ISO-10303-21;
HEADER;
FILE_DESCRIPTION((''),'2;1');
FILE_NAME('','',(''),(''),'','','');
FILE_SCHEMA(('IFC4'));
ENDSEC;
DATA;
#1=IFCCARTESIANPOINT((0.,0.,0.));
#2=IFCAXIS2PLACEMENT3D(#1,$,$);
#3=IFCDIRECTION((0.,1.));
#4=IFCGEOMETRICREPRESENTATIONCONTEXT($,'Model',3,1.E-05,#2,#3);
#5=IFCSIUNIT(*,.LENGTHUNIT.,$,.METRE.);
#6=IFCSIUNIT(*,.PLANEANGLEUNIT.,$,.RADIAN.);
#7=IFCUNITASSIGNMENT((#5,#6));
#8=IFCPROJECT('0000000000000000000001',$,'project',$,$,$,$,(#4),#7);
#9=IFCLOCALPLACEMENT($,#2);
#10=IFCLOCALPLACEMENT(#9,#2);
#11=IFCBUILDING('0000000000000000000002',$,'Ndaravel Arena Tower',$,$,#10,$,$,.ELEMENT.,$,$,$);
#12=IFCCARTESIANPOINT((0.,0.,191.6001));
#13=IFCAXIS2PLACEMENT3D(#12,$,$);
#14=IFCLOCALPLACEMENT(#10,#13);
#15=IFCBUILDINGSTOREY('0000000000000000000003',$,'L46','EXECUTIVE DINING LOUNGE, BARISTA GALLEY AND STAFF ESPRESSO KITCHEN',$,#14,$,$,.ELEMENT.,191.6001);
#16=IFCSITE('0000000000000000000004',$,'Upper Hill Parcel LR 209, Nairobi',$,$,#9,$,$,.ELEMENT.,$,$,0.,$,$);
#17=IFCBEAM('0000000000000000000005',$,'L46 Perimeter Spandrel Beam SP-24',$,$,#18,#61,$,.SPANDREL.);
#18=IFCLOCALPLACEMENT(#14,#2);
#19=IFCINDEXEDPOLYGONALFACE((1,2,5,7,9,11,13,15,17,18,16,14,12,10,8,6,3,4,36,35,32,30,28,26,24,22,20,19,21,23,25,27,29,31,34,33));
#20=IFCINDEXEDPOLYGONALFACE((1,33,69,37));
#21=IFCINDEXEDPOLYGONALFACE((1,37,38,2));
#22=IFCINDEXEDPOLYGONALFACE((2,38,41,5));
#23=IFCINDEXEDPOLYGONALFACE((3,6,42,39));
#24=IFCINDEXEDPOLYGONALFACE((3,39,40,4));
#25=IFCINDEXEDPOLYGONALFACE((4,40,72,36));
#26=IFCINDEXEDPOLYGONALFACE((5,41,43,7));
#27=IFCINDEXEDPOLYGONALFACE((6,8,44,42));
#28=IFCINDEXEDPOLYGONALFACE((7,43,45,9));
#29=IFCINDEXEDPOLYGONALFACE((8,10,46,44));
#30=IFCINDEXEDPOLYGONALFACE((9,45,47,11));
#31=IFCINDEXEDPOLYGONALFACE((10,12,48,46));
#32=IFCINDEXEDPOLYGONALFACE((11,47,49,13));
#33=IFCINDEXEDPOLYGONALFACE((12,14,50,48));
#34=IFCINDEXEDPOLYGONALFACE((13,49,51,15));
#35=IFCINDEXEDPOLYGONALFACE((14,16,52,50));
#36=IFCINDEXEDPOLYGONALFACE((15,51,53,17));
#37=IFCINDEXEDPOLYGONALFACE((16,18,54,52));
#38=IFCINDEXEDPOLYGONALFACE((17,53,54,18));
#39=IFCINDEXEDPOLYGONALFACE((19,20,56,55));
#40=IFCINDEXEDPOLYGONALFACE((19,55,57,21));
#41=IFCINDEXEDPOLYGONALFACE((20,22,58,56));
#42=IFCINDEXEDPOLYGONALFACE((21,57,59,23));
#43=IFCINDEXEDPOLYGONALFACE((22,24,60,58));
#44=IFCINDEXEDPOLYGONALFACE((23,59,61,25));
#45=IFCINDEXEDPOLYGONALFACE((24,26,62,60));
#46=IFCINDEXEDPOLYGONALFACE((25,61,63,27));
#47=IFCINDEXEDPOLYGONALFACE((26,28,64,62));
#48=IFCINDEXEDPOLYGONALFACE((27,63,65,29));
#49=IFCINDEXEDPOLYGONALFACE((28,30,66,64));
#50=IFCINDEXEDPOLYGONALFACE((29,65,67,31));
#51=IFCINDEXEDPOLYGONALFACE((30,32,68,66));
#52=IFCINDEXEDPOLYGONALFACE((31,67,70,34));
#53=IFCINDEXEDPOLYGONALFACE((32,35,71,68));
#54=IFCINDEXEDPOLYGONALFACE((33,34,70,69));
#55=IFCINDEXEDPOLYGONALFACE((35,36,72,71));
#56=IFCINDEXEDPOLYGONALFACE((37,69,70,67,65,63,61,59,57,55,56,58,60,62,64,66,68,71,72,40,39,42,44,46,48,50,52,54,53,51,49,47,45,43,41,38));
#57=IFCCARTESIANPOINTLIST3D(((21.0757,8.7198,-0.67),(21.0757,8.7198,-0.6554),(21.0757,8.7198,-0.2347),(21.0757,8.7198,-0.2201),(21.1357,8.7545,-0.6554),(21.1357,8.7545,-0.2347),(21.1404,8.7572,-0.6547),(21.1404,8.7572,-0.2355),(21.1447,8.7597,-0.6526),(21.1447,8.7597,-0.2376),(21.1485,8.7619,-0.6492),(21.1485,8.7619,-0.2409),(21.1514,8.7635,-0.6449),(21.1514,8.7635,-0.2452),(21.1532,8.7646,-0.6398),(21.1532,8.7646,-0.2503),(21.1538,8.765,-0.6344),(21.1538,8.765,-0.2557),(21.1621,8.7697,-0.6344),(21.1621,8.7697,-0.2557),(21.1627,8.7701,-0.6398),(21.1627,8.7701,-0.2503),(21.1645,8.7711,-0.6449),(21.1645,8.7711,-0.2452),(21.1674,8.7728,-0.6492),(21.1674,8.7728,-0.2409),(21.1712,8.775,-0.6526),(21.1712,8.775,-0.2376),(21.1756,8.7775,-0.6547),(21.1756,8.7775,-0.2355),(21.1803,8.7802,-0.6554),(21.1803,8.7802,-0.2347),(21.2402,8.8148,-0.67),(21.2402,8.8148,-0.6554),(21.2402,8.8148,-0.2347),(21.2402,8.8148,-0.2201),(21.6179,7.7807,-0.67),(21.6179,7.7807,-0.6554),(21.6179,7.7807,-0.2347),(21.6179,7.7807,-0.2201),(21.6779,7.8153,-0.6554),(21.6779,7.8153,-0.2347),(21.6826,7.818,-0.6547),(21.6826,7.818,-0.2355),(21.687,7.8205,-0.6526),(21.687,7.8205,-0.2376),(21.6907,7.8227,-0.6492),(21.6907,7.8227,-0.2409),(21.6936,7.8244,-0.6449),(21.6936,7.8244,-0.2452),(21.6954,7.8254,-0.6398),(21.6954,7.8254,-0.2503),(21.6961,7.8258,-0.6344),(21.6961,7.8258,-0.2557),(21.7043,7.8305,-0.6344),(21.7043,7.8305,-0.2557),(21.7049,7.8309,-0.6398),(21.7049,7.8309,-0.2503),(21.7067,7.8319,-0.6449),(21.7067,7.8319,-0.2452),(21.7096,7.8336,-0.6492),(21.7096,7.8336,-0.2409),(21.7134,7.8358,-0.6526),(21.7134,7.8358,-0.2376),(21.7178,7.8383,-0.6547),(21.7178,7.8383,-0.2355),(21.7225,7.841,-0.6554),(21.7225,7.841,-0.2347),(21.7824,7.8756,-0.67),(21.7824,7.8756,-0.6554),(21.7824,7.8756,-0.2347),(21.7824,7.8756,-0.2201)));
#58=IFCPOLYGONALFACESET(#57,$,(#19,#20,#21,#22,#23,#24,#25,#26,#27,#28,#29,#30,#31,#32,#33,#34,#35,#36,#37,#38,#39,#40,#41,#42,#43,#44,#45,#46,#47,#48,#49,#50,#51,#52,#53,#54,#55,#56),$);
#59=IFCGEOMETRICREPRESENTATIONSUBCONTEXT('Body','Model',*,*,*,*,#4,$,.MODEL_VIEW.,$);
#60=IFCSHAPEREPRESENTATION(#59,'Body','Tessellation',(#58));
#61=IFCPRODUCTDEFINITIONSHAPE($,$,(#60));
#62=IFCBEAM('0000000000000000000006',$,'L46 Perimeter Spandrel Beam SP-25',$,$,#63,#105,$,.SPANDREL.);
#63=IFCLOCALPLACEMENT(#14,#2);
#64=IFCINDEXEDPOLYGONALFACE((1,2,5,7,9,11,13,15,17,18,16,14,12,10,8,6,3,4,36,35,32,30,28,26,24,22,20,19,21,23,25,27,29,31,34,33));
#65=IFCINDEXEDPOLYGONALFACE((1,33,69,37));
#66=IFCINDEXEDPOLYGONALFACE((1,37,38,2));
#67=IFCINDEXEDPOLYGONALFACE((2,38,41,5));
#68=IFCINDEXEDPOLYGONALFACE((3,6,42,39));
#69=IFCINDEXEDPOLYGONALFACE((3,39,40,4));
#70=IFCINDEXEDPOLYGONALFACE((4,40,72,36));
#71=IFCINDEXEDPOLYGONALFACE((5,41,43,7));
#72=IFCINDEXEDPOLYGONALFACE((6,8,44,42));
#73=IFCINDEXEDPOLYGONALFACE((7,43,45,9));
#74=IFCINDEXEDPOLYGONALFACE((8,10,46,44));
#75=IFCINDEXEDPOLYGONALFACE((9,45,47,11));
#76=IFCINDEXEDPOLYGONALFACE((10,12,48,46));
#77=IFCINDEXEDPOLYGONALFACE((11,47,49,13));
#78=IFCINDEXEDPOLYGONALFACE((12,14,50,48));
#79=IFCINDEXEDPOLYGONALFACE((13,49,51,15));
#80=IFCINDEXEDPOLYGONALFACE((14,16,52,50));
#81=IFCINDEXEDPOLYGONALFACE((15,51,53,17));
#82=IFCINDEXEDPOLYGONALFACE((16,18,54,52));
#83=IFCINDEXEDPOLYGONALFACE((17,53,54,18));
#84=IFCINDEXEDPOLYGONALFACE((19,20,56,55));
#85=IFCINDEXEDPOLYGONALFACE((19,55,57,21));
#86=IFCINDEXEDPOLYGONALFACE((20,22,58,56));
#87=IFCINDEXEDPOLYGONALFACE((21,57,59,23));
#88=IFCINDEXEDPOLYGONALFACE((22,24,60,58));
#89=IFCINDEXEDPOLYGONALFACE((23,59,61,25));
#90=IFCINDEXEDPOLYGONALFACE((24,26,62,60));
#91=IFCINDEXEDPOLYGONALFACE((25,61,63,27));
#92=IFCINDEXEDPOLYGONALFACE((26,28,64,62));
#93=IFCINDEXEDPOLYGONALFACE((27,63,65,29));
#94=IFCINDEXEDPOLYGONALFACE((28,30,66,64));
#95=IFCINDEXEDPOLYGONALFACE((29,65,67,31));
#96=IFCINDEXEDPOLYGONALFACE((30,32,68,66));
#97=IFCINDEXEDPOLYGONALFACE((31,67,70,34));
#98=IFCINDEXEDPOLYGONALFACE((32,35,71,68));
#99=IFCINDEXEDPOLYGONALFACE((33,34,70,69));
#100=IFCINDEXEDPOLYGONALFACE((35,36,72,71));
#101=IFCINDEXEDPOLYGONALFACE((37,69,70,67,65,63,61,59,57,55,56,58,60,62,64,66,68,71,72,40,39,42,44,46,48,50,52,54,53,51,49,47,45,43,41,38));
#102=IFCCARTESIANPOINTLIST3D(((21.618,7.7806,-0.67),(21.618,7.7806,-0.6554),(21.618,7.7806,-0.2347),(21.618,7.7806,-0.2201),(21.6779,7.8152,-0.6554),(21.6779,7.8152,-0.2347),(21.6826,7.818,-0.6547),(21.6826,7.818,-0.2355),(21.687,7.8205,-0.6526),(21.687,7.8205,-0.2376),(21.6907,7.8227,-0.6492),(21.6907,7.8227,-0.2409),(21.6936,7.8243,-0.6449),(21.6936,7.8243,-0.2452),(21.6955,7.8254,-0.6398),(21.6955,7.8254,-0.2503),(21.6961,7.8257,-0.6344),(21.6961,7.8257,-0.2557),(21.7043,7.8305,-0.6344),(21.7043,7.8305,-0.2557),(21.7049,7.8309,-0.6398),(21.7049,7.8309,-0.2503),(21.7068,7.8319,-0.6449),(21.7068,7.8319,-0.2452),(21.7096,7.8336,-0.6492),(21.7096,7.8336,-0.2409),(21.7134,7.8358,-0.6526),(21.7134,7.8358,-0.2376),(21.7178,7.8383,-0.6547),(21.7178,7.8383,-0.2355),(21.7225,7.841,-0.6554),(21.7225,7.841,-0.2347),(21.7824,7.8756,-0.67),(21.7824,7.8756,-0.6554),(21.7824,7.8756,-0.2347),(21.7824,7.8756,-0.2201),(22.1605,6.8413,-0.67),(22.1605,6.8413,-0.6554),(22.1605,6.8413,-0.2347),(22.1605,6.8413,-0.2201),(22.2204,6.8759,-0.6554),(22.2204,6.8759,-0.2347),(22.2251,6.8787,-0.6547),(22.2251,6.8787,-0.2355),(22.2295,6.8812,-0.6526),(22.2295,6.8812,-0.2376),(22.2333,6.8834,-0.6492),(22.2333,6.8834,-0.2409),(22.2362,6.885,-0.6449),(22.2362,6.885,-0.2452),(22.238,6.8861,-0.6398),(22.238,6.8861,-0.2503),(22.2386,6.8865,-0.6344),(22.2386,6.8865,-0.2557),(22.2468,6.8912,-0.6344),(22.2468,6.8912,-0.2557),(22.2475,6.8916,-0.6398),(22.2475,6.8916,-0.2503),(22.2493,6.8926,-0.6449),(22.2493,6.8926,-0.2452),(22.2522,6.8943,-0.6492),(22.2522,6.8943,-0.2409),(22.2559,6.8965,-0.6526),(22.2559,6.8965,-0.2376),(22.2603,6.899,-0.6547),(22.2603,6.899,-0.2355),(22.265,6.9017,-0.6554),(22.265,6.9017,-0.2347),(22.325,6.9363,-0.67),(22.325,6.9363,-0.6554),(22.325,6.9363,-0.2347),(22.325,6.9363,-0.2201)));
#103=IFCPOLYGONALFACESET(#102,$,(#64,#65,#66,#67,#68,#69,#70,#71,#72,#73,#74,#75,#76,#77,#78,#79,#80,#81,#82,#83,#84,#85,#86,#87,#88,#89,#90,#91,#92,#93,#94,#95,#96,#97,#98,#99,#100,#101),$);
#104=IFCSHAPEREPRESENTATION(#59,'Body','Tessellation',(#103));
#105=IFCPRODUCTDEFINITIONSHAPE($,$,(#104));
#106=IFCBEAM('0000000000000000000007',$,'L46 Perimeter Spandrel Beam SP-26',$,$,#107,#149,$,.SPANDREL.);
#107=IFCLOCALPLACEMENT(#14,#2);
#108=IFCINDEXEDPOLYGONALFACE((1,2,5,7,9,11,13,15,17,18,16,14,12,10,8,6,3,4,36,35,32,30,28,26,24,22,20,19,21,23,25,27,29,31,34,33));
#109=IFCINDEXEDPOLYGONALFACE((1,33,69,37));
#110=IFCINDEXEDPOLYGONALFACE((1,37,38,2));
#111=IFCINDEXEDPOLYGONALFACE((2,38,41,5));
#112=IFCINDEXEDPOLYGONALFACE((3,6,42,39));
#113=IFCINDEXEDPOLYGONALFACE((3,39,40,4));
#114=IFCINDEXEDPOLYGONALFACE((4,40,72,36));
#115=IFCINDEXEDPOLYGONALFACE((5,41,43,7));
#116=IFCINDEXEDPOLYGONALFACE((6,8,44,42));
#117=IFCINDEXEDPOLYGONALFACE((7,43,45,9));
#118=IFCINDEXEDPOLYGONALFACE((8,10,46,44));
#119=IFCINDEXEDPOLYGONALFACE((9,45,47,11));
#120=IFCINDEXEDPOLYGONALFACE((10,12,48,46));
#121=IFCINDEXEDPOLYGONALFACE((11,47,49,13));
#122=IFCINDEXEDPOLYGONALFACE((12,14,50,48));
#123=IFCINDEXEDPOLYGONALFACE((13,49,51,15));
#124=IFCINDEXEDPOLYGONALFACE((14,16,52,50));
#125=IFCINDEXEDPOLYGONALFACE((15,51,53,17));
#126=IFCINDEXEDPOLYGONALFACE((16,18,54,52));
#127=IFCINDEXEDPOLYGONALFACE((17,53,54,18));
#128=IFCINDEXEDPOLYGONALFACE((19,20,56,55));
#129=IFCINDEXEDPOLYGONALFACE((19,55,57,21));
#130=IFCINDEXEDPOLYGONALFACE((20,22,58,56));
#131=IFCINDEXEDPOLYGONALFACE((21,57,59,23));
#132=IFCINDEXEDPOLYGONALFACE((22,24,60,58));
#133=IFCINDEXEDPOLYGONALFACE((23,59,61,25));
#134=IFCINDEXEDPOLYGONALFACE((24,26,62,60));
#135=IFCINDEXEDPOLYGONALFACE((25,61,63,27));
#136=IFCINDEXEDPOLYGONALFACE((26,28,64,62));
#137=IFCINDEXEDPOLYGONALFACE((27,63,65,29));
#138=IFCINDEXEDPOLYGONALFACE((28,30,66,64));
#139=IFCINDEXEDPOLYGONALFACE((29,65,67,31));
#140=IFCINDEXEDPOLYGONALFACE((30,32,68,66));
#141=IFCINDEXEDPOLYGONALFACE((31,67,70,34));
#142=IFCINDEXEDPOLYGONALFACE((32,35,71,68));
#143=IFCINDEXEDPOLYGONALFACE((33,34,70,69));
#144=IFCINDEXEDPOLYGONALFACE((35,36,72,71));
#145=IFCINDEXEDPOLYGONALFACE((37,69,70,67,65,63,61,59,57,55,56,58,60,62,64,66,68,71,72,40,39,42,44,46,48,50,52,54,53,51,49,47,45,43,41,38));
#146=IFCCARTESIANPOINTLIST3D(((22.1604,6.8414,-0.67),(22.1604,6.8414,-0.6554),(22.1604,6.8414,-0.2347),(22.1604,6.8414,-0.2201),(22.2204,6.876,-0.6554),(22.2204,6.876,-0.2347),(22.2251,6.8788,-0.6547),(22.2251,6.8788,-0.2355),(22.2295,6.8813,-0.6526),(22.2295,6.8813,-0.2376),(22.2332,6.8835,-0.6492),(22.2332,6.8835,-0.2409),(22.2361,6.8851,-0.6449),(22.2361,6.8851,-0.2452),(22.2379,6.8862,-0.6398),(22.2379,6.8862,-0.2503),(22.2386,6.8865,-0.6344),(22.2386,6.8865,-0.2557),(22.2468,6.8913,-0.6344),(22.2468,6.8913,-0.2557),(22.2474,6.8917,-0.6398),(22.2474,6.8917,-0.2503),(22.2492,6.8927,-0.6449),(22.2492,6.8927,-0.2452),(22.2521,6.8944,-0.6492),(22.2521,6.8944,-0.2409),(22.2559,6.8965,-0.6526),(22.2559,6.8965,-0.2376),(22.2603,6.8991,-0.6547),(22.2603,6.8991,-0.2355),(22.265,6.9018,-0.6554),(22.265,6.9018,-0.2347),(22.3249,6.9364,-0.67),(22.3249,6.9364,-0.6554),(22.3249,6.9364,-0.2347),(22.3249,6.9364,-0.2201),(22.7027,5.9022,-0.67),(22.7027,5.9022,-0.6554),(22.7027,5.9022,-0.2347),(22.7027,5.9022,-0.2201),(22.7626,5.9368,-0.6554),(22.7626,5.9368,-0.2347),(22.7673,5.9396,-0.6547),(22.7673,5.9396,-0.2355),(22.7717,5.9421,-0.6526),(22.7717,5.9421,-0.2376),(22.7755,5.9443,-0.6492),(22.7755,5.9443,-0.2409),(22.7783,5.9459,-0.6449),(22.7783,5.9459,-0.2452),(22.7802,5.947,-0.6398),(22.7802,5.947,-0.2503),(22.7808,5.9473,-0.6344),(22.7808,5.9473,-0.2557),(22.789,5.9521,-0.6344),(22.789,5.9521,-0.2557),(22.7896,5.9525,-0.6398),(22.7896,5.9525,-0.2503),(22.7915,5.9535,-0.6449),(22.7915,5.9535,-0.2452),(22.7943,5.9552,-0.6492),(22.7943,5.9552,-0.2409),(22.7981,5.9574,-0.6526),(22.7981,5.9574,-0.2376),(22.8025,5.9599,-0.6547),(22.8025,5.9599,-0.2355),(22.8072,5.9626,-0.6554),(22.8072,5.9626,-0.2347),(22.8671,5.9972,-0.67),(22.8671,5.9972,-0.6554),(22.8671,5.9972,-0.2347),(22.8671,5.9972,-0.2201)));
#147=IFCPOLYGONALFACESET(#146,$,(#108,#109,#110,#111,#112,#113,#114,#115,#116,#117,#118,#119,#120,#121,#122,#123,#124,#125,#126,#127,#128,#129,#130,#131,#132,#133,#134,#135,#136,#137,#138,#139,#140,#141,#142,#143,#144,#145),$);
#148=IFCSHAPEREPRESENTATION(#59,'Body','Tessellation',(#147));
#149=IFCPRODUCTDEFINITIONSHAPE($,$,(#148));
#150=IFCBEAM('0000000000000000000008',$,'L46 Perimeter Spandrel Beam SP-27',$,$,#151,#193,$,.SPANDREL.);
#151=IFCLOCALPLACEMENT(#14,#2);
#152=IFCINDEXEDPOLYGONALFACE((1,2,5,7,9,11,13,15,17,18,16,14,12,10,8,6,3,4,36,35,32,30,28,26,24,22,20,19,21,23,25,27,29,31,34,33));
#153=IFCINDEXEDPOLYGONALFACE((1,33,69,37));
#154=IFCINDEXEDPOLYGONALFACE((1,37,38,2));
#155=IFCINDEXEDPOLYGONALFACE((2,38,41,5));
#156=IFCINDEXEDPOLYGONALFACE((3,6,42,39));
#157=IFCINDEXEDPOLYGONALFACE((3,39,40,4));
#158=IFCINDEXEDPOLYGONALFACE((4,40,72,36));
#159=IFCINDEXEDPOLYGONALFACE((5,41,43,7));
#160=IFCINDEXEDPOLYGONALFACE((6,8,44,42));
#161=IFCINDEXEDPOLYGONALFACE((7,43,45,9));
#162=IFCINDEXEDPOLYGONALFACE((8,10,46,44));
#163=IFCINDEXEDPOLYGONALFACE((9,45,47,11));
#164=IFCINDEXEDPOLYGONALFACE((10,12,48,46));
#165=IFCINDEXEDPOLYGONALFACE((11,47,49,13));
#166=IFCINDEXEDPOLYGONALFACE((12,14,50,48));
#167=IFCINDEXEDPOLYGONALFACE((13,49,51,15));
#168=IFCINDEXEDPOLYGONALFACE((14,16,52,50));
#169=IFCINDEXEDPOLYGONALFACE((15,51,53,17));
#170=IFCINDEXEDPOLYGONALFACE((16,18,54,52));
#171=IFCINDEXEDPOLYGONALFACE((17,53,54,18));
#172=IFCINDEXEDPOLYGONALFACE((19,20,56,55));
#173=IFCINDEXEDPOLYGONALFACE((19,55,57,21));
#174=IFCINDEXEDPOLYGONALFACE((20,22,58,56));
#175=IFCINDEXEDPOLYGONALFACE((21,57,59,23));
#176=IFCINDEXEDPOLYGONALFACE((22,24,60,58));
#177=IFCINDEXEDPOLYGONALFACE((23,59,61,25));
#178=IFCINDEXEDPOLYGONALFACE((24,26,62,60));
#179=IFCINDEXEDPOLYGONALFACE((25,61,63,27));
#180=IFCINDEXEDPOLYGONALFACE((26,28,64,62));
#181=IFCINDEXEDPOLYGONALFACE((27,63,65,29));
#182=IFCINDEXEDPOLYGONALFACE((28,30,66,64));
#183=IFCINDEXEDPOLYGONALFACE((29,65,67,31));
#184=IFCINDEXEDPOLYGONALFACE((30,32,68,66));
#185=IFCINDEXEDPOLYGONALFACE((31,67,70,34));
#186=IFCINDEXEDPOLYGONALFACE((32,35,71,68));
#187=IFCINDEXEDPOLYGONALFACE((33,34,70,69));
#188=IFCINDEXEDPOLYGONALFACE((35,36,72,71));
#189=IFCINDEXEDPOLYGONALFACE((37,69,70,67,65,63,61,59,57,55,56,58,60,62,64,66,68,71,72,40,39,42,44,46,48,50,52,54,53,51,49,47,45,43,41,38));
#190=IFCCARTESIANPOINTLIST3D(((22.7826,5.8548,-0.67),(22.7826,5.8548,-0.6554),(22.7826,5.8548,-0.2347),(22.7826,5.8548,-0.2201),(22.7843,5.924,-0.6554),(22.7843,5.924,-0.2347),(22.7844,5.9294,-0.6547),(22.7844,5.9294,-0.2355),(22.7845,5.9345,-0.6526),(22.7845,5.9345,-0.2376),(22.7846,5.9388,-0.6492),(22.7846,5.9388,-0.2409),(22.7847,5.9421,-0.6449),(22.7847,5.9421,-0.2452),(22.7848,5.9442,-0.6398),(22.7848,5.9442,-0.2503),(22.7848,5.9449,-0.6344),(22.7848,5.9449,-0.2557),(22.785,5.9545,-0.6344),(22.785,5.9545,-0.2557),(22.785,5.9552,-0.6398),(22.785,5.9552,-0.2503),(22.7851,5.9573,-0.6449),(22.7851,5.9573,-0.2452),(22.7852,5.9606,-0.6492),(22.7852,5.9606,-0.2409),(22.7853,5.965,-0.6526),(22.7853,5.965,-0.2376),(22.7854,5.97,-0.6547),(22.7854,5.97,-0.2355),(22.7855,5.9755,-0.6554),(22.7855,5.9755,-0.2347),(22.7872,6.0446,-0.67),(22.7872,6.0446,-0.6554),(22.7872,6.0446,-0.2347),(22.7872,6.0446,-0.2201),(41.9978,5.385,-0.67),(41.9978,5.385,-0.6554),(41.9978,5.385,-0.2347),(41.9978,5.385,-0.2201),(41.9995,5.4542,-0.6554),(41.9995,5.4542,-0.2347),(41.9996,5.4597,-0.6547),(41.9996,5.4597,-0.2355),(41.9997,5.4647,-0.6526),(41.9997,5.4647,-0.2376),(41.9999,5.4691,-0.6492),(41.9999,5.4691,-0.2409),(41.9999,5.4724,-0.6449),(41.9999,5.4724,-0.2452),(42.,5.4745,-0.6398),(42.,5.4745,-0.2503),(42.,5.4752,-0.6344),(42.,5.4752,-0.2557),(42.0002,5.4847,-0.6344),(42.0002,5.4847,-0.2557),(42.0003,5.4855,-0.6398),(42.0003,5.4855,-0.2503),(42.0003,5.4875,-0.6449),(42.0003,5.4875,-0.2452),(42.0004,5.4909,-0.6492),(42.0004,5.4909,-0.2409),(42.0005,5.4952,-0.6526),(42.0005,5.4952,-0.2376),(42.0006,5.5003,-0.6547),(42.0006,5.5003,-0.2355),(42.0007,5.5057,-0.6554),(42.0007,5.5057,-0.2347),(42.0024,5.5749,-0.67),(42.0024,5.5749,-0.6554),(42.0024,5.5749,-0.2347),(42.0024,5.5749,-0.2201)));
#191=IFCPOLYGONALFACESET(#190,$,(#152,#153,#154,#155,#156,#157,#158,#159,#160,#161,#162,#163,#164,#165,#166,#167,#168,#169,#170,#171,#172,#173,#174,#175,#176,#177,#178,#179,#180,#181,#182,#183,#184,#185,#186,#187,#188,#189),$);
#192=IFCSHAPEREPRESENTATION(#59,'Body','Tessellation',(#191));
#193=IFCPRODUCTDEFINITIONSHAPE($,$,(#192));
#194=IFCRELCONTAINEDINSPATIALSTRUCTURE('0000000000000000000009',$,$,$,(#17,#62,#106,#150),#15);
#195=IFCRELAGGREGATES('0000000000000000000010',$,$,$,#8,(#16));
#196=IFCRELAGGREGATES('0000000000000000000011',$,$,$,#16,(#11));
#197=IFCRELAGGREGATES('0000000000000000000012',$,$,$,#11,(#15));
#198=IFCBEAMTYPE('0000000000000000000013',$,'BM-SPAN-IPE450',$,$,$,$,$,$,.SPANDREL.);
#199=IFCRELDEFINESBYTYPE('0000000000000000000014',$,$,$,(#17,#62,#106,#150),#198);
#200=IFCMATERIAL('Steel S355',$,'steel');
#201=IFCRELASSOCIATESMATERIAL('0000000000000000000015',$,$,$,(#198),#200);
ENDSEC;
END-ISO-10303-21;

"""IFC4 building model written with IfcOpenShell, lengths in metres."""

from ifc_helpers import new_model, si_unit, direction, frame, origin, origin_2d, place, context, subcontext, project, spatial, i_section, extrude, material, material_profile, profile_set, type_object, element, save


model = new_model("IFC4")

# Units and contexts
model_context = context("Model", 3, precision=1e-05, world=origin(), true_north=direction((0.0, 1.0)))
body_context = subcontext(model_context, "Body", "Model", "MODEL_VIEW")
ifc_project = project(units=[si_unit("LENGTHUNIT", "METRE"), si_unit("PLANEANGLEUNIT", "RADIAN")], contexts=[model_context])

# Site, building, storey
site_placement = place(None, origin())
site = spatial("IfcSite", under=ifc_project, at=site_placement, Name="Upper Hill Parcel LR 209, Nairobi", CompositionType="ELEMENT", RefElevation=0.0)
building_placement = place(site_placement, origin())
building = spatial("IfcBuilding", under=site, at=building_placement, Name="Ndaravel Arena Tower", CompositionType="ELEMENT")
storey_placement = place(building_placement, frame((0.0, 0.0, 191.6001)))
storey = spatial("IfcBuildingStorey", under=building, at=storey_placement, Name="L46", Description="EXECUTIVE DINING LOUNGE, BARISTA GALLEY AND STAFF ESPRESSO KITCHEN", CompositionType="ELEMENT", Elevation=191.6001)

# Beams
ifc_material_1 = material(Name="Steel S355", Category="steel")
ifc_material_profile_1 = material_profile(ifc_material_1, i_section(OverallWidth=0.1899, OverallDepth=0.45, WebThickness=0.0095, FlangeThickness=0.0146, FilletRadius=0.021, at=origin_2d()), Name="IPE 450")
ifc_profile_set_1 = profile_set([ifc_material_profile_1], Name="Steel S355")
beam_type = type_object("IfcBeamType", Name="BM-SPAN-IPE450", PredefinedType="SPANDREL", material=ifc_profile_set_1)
beam_1_placement = place(storey_placement, frame((21.158, 8.7673, -0.4451), z_axis=(0.499989, -0.866032, 0.0), x_axis=(0.866032, 0.499989, 0.0)))
element("IfcBeam", 1, at=beam_1_placement, inside=storey, type_object=beam_type, Name="L46 Perimeter Spandrel Beam SP-24", PredefinedType="SPANDREL", context=body_context, shape_type="SweptSolid", body=[
    extrude(i_section(OverallWidth=0.1899, OverallDepth=0.45, WebThickness=0.0095, FlangeThickness=0.0146, FilletRadius=0.021, at=origin_2d()), origin(), (0.0, 0.0, 1.0), 1.0845),
])
beam_2_placement = place(storey_placement, frame((21.7002, 7.8281, -0.4451), z_axis=(0.500158, -0.865934, 0.0), x_axis=(0.865934, 0.500158, 0.0)))
element("IfcBeam", 2, at=beam_2_placement, inside=storey, type_object=beam_type, Name="L46 Perimeter Spandrel Beam SP-25", PredefinedType="SPANDREL", context=body_context, shape_type="SweptSolid", body=[
    extrude(i_section(OverallWidth=0.1899, OverallDepth=0.45, WebThickness=0.0095, FlangeThickness=0.0146, FilletRadius=0.021, at=origin_2d()), origin(), (0.0, 0.0, 1.0), 1.0847),
])
beam_3_placement = place(storey_placement, frame((22.2427, 6.8889, -0.4451), z_axis=(0.499989, -0.866032, 0.0), x_axis=(0.866032, 0.499989, 0.0)))
element("IfcBeam", 3, at=beam_3_placement, inside=storey, type_object=beam_type, Name="L46 Perimeter Spandrel Beam SP-26", PredefinedType="SPANDREL", context=body_context, shape_type="SweptSolid", body=[
    extrude(i_section(OverallWidth=0.1899, OverallDepth=0.45, WebThickness=0.0095, FlangeThickness=0.0146, FilletRadius=0.021, at=origin_2d()), origin(), (0.0, 0.0, 1.0), 1.0845),
])
beam_4_placement = place(storey_placement, frame((22.7849, 5.9497, -0.4451), z_axis=(0.999701, -0.024438, 0.0), x_axis=(0.024438, 0.999701, 0.0)))
element("IfcBeam", 4, at=beam_4_placement, inside=storey, type_object=beam_type, Name="L46 Perimeter Spandrel Beam SP-27", PredefinedType="SPANDREL", context=body_context, shape_type="SweptSolid", body=[
    extrude(i_section(OverallWidth=0.1899, OverallDepth=0.45, WebThickness=0.0095, FlangeThickness=0.0146, FilletRadius=0.021, at=origin_2d()), origin(), (0.0, 0.0, 1.0), 19.2209),
])

save(model, "model.ifc")
